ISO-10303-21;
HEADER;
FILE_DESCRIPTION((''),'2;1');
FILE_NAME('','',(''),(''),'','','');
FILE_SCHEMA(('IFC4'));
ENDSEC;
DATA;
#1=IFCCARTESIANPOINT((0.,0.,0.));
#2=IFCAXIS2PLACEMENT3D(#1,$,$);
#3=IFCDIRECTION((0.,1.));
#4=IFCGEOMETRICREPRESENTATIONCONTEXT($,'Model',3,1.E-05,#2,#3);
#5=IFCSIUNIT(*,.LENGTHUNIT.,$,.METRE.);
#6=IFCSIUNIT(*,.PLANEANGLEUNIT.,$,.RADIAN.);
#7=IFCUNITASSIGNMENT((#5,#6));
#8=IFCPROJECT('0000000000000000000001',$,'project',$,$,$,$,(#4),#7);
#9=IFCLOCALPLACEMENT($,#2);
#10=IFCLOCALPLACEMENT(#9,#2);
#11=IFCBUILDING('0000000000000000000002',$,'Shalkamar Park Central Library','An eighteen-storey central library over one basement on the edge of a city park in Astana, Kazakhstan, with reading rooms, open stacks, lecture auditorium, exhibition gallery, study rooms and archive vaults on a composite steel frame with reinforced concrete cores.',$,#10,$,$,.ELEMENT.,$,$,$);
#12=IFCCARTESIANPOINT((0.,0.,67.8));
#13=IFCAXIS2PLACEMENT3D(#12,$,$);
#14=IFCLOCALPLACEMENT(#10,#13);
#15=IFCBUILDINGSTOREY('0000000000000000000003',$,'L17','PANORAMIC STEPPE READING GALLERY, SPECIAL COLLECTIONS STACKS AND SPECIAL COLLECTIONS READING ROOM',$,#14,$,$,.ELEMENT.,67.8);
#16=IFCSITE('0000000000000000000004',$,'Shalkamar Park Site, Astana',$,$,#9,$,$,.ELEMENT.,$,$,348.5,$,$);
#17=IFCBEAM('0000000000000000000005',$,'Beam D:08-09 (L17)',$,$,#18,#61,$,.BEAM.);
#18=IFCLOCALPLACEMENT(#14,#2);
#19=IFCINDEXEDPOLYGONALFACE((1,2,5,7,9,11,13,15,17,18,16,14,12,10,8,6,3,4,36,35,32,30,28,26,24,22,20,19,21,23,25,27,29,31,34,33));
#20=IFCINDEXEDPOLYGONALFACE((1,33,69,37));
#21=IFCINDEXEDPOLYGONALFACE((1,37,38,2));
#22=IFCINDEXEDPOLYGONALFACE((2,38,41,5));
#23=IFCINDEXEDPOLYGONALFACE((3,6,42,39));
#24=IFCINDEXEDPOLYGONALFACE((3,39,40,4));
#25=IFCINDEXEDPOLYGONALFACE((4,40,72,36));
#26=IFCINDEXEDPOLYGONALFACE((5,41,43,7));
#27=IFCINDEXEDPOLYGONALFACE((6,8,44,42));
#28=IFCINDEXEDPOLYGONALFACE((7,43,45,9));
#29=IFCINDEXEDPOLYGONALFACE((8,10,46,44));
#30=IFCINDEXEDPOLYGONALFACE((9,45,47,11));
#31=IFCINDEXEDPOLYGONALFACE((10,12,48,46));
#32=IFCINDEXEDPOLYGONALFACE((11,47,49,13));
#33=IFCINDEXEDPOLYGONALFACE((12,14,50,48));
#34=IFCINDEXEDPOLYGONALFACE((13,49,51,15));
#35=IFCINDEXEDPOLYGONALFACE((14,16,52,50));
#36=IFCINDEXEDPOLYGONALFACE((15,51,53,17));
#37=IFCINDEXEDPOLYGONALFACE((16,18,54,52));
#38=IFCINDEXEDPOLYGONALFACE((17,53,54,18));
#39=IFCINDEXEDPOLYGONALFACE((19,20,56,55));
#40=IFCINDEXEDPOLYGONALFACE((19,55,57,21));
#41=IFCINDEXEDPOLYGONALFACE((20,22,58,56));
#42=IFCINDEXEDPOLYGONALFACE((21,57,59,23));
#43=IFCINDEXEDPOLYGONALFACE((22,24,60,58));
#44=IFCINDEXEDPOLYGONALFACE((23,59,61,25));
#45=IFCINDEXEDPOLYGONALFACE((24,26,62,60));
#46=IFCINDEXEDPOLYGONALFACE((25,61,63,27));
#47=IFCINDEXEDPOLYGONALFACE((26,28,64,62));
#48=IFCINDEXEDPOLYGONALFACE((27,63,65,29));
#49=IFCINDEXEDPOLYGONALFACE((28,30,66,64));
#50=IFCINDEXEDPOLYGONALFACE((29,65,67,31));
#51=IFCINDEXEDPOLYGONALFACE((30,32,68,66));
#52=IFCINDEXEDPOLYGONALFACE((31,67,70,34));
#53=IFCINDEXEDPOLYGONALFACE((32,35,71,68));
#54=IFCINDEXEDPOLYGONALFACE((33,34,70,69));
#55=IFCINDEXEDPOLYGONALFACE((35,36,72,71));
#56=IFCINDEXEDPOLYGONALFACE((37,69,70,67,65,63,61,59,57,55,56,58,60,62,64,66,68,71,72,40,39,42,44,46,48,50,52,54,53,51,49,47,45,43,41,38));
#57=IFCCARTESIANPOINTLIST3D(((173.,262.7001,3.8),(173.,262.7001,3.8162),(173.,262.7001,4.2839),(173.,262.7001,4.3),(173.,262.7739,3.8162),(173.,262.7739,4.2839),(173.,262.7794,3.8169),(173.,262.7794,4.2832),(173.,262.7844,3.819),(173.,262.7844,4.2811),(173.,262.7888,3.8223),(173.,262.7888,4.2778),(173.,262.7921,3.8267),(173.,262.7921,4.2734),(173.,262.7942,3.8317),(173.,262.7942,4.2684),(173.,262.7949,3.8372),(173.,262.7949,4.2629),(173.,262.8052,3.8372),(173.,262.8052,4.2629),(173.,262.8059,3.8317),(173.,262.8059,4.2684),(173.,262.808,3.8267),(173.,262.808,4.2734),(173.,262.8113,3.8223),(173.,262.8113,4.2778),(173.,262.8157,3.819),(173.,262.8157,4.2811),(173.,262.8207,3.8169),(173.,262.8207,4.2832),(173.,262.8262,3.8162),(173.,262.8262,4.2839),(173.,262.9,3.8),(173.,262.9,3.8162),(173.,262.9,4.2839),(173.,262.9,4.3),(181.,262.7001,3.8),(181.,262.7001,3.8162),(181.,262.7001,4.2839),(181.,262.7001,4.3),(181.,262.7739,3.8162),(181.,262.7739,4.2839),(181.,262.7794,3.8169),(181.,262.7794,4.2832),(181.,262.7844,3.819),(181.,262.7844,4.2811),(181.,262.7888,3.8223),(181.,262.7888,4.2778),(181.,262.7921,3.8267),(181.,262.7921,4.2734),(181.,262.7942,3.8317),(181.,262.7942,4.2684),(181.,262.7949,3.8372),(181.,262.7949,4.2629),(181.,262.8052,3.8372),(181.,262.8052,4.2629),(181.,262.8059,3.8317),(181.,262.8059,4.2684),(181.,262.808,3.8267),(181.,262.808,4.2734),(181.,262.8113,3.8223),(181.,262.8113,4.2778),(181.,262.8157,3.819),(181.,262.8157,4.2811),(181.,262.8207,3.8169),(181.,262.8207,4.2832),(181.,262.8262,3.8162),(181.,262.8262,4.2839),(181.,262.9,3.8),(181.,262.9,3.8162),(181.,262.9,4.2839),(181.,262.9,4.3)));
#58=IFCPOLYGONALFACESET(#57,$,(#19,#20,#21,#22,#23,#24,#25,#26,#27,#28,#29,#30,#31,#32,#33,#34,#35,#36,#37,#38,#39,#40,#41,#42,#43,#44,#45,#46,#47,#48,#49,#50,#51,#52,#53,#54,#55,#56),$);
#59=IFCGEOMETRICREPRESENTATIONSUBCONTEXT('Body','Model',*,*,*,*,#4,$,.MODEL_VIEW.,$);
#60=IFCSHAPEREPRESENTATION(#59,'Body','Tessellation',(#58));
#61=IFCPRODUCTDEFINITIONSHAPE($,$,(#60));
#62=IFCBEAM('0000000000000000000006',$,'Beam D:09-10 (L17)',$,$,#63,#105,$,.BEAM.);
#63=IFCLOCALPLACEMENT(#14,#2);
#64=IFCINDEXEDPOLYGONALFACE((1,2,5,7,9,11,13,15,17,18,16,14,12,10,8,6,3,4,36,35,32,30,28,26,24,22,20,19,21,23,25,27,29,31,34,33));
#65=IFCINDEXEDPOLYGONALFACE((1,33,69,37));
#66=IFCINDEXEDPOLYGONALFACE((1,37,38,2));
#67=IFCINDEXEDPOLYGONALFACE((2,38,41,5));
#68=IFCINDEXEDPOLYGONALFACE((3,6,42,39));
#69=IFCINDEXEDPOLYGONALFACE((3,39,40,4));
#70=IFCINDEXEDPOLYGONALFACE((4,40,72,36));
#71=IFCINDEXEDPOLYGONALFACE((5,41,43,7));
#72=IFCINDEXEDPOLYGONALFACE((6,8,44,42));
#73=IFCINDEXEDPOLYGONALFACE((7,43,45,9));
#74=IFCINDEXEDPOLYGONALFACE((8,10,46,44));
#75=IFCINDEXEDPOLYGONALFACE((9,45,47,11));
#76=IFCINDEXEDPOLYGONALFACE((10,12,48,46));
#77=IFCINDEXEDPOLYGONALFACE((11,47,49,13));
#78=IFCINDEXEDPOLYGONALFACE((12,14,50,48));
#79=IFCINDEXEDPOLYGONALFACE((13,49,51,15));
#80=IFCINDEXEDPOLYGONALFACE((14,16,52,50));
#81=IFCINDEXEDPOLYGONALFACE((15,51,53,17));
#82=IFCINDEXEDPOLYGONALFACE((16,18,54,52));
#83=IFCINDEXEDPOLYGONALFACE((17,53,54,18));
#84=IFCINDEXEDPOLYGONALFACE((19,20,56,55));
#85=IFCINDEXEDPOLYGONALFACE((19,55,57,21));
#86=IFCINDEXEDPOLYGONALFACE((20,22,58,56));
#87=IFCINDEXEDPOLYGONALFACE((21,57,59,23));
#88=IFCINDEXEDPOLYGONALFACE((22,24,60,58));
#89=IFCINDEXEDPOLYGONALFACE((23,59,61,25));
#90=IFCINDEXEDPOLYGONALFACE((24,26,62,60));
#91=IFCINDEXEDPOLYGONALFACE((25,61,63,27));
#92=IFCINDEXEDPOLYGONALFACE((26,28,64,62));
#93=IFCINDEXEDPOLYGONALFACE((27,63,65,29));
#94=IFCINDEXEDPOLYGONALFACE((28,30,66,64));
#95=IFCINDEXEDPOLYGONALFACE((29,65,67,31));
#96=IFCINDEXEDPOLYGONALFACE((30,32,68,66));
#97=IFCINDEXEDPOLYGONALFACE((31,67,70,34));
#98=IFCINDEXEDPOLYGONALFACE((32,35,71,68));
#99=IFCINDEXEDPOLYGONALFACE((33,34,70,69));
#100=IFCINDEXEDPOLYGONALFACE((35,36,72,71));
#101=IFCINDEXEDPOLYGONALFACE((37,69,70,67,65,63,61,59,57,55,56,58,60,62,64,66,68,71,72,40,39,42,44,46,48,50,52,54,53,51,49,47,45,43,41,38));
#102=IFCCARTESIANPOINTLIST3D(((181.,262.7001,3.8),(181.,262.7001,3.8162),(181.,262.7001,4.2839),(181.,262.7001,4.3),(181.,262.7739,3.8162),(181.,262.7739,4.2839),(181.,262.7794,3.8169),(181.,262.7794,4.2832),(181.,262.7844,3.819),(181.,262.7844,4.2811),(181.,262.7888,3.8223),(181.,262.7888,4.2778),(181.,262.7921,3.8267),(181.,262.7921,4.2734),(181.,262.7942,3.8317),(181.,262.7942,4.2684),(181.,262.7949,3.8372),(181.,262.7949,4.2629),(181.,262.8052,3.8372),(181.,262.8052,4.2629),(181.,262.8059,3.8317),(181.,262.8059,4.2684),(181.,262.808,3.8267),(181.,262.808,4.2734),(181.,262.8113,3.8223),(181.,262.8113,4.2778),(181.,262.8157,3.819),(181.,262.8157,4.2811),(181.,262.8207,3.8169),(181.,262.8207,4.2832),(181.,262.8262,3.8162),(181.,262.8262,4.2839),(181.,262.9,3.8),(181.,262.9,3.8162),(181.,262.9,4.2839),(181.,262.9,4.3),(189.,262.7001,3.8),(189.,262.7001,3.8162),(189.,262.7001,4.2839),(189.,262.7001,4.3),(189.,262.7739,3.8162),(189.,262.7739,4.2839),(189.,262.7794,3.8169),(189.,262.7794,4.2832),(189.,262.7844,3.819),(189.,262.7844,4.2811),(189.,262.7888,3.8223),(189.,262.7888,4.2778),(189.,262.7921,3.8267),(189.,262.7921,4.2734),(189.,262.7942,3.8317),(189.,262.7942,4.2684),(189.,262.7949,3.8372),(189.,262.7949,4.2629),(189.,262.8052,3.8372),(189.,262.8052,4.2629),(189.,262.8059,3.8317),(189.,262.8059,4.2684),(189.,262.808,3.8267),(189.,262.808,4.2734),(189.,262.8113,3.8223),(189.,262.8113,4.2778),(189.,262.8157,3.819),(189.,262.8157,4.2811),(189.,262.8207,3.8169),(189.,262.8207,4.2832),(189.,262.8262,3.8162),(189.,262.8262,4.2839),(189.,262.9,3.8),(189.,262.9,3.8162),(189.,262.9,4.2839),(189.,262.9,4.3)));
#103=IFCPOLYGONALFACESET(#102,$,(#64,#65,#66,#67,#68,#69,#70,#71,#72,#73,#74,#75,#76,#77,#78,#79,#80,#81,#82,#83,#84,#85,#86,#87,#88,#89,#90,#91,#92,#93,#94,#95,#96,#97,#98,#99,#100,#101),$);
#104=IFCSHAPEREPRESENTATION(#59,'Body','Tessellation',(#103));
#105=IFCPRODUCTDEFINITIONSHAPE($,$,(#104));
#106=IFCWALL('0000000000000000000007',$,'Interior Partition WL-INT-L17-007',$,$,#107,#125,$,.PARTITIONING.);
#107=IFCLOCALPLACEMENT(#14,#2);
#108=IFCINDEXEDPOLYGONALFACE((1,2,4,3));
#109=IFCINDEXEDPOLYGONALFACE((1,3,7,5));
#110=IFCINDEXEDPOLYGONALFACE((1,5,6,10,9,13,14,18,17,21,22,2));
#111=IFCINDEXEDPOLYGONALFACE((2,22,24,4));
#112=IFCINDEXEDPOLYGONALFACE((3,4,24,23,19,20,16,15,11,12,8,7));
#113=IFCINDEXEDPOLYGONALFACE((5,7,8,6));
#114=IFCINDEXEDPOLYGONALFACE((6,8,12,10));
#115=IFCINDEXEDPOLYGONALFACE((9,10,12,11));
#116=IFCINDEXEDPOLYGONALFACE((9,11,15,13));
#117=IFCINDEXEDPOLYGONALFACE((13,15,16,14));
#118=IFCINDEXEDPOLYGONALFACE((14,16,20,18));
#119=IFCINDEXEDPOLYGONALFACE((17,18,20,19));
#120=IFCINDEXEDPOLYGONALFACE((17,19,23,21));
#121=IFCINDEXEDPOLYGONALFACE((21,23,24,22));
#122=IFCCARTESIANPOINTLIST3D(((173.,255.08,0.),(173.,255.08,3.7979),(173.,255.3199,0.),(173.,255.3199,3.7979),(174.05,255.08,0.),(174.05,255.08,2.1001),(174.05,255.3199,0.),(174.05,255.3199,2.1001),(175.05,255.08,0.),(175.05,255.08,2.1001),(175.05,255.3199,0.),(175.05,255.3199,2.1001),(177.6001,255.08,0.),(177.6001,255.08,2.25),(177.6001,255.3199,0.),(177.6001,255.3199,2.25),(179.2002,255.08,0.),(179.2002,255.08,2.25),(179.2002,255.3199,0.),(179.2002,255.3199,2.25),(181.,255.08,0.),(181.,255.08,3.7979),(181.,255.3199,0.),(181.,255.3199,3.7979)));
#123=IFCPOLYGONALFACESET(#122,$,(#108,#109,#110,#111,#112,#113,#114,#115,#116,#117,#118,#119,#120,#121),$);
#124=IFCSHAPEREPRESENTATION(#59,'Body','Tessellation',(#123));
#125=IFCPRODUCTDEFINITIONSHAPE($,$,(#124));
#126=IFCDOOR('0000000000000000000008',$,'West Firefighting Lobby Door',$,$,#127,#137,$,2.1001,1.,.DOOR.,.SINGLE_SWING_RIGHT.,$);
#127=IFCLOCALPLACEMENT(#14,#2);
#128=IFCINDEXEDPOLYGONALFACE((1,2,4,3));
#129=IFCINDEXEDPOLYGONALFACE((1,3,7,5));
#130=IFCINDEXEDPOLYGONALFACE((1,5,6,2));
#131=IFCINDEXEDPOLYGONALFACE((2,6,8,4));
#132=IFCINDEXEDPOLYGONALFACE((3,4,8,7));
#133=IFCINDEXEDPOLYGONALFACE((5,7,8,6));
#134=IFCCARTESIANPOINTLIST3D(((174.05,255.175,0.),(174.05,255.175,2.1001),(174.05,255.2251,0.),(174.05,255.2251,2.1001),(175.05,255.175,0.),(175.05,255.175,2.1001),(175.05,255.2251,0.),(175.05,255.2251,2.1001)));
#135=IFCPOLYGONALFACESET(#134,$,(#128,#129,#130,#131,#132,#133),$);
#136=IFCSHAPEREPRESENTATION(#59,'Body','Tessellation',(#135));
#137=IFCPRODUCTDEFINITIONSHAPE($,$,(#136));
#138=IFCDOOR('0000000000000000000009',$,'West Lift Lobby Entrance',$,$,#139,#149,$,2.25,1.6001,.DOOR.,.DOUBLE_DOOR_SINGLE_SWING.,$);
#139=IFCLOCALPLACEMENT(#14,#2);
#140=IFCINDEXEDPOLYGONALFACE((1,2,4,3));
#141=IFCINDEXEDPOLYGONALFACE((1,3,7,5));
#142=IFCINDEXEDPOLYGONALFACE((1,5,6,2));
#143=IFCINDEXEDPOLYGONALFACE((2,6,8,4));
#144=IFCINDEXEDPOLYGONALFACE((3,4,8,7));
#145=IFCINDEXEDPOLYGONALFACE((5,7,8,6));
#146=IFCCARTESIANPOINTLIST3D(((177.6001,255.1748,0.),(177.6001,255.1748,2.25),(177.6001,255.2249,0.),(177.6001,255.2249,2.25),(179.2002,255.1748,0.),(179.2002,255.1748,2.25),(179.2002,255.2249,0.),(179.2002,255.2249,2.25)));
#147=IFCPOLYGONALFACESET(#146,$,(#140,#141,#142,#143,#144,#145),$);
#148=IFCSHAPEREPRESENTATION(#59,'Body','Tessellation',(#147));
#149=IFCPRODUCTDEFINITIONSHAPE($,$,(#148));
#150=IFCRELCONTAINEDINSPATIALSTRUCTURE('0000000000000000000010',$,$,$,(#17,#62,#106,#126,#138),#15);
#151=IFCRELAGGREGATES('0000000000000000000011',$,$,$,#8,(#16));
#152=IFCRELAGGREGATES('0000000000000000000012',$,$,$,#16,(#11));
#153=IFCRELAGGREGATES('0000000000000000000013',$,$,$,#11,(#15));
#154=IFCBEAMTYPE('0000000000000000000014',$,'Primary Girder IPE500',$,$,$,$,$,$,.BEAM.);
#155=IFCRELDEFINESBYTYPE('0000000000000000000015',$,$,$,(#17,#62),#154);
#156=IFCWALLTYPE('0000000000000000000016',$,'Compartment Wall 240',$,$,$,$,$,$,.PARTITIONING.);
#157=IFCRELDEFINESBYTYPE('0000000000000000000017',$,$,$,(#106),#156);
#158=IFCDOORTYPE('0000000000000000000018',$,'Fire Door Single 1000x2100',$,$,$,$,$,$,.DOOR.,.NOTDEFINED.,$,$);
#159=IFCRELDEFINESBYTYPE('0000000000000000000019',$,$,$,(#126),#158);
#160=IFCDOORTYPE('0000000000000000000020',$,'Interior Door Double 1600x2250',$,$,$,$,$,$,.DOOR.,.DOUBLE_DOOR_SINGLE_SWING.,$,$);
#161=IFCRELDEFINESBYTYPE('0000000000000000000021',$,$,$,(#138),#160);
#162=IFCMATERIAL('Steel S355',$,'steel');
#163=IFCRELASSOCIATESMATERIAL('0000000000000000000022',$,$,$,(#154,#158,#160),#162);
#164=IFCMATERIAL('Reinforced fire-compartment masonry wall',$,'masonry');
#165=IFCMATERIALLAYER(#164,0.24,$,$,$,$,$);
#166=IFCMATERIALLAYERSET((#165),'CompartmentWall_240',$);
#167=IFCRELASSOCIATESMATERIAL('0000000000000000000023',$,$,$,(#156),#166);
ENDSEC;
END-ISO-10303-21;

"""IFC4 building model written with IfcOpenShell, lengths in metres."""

from ifc_helpers import new_model, si_unit, direction, frame, frame_2d, origin, origin_2d, place, context, subcontext, project, spatial, rectangle, i_section, extrude, material, layer, layer_set, material_profile, profile_set, type_object, element, fill, save


model = new_model("IFC4")

# Units and contexts
model_context = context("Model", 3, precision=1e-05, world=origin(), true_north=direction((0.0, 1.0)))
body_context = subcontext(model_context, "Body", "Model", "MODEL_VIEW")
ifc_project = project(units=[si_unit("LENGTHUNIT", "METRE"), si_unit("PLANEANGLEUNIT", "RADIAN")], contexts=[model_context])

# Site, building, storey
site_placement = place(None, origin())
site = spatial("IfcSite", under=ifc_project, at=site_placement, Name="Shalkamar Park Site, Astana", CompositionType="ELEMENT", RefElevation=348.5)
building_placement = place(site_placement, origin())
building = spatial("IfcBuilding", under=site, at=building_placement, Name="Shalkamar Park Central Library", Description="An eighteen-storey central library over one basement on the edge of a city park in Astana, Kazakhstan, with reading rooms, open stacks, lecture auditorium, exhibition gallery, study rooms and archive vaults on a composite steel frame with reinforced concrete cores.", CompositionType="ELEMENT")
storey_placement = place(building_placement, frame((0.0, 0.0, 67.8)))
storey = spatial("IfcBuildingStorey", under=building, at=storey_placement, Name="L17", Description="PANORAMIC STEPPE READING GALLERY, SPECIAL COLLECTIONS STACKS AND SPECIAL COLLECTIONS READING ROOM", CompositionType="ELEMENT", Elevation=67.8)

# Shared definitions
ifc_material_1 = material(Name="Steel S355", Category="steel")

# Beams
ifc_material_profile_1 = material_profile(ifc_material_1, i_section(OverallWidth=0.2, OverallDepth=0.5, WebThickness=0.0103, FlangeThickness=0.0161, FilletRadius=0.021, at=origin_2d()), Name="IPE 500")
ifc_profile_set_1 = profile_set([ifc_material_profile_1], Name="Steel S355")
beam_type_1 = type_object("IfcBeamType", Name="Primary Girder IPE500", PredefinedType="BEAM", material=ifc_profile_set_1)
for number, where, z_axis, x_axis, name in (
    (1, (173.0, 262.8, 4.05), (1.0, 0.0, 0.0), (0.0, 1.0, 0.0), "Beam D:08-09 (L17)"),
    (2, (181.0, 262.8, 4.05), (1.0, 0.0, 0.0), (0.0, 1.0, 0.0), "Beam D:09-10 (L17)"),
):
    element("IfcBeam", number, at=place(storey_placement, frame(where, z_axis=z_axis, x_axis=x_axis)), inside=storey, type_object=beam_type_1, Name=name, PredefinedType="BEAM", context=body_context, shape_type="SweptSolid", body=[
        extrude(i_section(OverallWidth=0.2, OverallDepth=0.5, WebThickness=0.0103, FlangeThickness=0.0161, FilletRadius=0.021, at=origin_2d()), origin(), (0.0, 0.0, 1.0), 8.0),
    ])

# Wall, openings, doors
ifc_material_2 = material(Name="Reinforced fire-compartment masonry wall", Category="masonry")
ifc_layer_1 = layer(ifc_material_2, 0.24)
ifc_layer_set_1 = layer_set([ifc_layer_1], Name="CompartmentWall_240")
wall_type_1 = type_object("IfcWallType", Name="Compartment Wall 240", PredefinedType="PARTITIONING", material=ifc_layer_set_1)
wall_1_placement = place(storey_placement, frame((173.0, 255.2, 0.0), z_axis=(0.0, 0.0, 1.0), x_axis=(1.0, 0.0, 0.0)))
wall_1 = element("IfcWall", 3, at=wall_1_placement, inside=storey, type_object=wall_type_1, Name="Interior Partition WL-INT-L17-007", PredefinedType="PARTITIONING", context=body_context, shape_type="SweptSolid", body=[
    extrude(rectangle(XDim=8.0, YDim=0.24, at=frame_2d((4.0, 0.0))), origin(), (0.0, 0.0, 1.0), 3.7979),
])
opening_1_placement = place(wall_1_placement, frame((1.05, 0.0, 0.0)))
opening_1 = element("IfcOpeningElement", 4, at=opening_1_placement, cuts=wall_1, PredefinedType="OPENING", context=body_context, shape_type="SweptSolid", body=[
    extrude(rectangle(XDim=1.0, YDim=2.1001, at=frame_2d((0.5, 1.05))), frame((0.0, 0.1348, 0.0), z_axis=(0.0, -1.0, 0.0), x_axis=(1.0, 0.0, 0.0)), (0.0, 0.0, 1.0), 0.2698),
])
opening_2_placement = place(wall_1_placement, frame((4.6001, 0.0, 0.0)))
opening_2 = element("IfcOpeningElement", 5, at=opening_2_placement, cuts=wall_1, PredefinedType="OPENING", context=body_context, shape_type="SweptSolid", body=[
    extrude(rectangle(XDim=1.6001, YDim=2.25, at=frame_2d((0.8, 1.125))), frame((0.0, 0.1348, 0.0), z_axis=(0.0, -1.0, 0.0), x_axis=(1.0, 0.0, 0.0)), (0.0, 0.0, 1.0), 0.2698),
])
door_type_1 = type_object("IfcDoorType", Name="Fire Door Single 1000x2100", OperationType="NOTDEFINED", PredefinedType="DOOR", material=ifc_material_1)
door_1_placement = place(opening_1_placement, frame((1.0, 0.0, 0.0), z_axis=(0.0, 0.0, 1.0), x_axis=(-1.0, 0.0, 0.0)))
door_1 = element("IfcDoor", 6, at=door_1_placement, inside=storey, type_object=door_type_1, Name="West Firefighting Lobby Door", OperationType="SINGLE_SWING_RIGHT", OverallHeight=2.1001, OverallWidth=1.0, PredefinedType="DOOR", context=body_context, shape_type="SweptSolid", body=[
    extrude(rectangle(XDim=1.0, YDim=2.1001, at=frame_2d((0.5, 1.05))), frame((0.0, 0.0249, 0.0), z_axis=(0.0, -1.0, 0.0), x_axis=(1.0, 0.0, 0.0)), (0.0, 0.0, 1.0), 0.05),
])
fill(opening_1, door_1)
door_type_2 = type_object("IfcDoorType", Name="Interior Door Double 1600x2250", OperationType="DOUBLE_DOOR_SINGLE_SWING", PredefinedType="DOOR", material=ifc_material_1)
door_2_placement = place(opening_2_placement, origin())
door_2 = element("IfcDoor", 7, at=door_2_placement, inside=storey, type_object=door_type_2, Name="West Lift Lobby Entrance", OperationType="DOUBLE_DOOR_SINGLE_SWING", OverallHeight=2.25, OverallWidth=1.6001, PredefinedType="DOOR", context=body_context, shape_type="SweptSolid", body=[
    extrude(rectangle(XDim=1.6001, YDim=2.25, at=frame_2d((0.8, 1.125))), frame((0.0, 0.0249, 0.0), z_axis=(0.0, -1.0, 0.0), x_axis=(1.0, 0.0, 0.0)), (0.0, 0.0, 1.0), 0.05),
])
fill(opening_2, door_2)

save(model, "model.ifc")
